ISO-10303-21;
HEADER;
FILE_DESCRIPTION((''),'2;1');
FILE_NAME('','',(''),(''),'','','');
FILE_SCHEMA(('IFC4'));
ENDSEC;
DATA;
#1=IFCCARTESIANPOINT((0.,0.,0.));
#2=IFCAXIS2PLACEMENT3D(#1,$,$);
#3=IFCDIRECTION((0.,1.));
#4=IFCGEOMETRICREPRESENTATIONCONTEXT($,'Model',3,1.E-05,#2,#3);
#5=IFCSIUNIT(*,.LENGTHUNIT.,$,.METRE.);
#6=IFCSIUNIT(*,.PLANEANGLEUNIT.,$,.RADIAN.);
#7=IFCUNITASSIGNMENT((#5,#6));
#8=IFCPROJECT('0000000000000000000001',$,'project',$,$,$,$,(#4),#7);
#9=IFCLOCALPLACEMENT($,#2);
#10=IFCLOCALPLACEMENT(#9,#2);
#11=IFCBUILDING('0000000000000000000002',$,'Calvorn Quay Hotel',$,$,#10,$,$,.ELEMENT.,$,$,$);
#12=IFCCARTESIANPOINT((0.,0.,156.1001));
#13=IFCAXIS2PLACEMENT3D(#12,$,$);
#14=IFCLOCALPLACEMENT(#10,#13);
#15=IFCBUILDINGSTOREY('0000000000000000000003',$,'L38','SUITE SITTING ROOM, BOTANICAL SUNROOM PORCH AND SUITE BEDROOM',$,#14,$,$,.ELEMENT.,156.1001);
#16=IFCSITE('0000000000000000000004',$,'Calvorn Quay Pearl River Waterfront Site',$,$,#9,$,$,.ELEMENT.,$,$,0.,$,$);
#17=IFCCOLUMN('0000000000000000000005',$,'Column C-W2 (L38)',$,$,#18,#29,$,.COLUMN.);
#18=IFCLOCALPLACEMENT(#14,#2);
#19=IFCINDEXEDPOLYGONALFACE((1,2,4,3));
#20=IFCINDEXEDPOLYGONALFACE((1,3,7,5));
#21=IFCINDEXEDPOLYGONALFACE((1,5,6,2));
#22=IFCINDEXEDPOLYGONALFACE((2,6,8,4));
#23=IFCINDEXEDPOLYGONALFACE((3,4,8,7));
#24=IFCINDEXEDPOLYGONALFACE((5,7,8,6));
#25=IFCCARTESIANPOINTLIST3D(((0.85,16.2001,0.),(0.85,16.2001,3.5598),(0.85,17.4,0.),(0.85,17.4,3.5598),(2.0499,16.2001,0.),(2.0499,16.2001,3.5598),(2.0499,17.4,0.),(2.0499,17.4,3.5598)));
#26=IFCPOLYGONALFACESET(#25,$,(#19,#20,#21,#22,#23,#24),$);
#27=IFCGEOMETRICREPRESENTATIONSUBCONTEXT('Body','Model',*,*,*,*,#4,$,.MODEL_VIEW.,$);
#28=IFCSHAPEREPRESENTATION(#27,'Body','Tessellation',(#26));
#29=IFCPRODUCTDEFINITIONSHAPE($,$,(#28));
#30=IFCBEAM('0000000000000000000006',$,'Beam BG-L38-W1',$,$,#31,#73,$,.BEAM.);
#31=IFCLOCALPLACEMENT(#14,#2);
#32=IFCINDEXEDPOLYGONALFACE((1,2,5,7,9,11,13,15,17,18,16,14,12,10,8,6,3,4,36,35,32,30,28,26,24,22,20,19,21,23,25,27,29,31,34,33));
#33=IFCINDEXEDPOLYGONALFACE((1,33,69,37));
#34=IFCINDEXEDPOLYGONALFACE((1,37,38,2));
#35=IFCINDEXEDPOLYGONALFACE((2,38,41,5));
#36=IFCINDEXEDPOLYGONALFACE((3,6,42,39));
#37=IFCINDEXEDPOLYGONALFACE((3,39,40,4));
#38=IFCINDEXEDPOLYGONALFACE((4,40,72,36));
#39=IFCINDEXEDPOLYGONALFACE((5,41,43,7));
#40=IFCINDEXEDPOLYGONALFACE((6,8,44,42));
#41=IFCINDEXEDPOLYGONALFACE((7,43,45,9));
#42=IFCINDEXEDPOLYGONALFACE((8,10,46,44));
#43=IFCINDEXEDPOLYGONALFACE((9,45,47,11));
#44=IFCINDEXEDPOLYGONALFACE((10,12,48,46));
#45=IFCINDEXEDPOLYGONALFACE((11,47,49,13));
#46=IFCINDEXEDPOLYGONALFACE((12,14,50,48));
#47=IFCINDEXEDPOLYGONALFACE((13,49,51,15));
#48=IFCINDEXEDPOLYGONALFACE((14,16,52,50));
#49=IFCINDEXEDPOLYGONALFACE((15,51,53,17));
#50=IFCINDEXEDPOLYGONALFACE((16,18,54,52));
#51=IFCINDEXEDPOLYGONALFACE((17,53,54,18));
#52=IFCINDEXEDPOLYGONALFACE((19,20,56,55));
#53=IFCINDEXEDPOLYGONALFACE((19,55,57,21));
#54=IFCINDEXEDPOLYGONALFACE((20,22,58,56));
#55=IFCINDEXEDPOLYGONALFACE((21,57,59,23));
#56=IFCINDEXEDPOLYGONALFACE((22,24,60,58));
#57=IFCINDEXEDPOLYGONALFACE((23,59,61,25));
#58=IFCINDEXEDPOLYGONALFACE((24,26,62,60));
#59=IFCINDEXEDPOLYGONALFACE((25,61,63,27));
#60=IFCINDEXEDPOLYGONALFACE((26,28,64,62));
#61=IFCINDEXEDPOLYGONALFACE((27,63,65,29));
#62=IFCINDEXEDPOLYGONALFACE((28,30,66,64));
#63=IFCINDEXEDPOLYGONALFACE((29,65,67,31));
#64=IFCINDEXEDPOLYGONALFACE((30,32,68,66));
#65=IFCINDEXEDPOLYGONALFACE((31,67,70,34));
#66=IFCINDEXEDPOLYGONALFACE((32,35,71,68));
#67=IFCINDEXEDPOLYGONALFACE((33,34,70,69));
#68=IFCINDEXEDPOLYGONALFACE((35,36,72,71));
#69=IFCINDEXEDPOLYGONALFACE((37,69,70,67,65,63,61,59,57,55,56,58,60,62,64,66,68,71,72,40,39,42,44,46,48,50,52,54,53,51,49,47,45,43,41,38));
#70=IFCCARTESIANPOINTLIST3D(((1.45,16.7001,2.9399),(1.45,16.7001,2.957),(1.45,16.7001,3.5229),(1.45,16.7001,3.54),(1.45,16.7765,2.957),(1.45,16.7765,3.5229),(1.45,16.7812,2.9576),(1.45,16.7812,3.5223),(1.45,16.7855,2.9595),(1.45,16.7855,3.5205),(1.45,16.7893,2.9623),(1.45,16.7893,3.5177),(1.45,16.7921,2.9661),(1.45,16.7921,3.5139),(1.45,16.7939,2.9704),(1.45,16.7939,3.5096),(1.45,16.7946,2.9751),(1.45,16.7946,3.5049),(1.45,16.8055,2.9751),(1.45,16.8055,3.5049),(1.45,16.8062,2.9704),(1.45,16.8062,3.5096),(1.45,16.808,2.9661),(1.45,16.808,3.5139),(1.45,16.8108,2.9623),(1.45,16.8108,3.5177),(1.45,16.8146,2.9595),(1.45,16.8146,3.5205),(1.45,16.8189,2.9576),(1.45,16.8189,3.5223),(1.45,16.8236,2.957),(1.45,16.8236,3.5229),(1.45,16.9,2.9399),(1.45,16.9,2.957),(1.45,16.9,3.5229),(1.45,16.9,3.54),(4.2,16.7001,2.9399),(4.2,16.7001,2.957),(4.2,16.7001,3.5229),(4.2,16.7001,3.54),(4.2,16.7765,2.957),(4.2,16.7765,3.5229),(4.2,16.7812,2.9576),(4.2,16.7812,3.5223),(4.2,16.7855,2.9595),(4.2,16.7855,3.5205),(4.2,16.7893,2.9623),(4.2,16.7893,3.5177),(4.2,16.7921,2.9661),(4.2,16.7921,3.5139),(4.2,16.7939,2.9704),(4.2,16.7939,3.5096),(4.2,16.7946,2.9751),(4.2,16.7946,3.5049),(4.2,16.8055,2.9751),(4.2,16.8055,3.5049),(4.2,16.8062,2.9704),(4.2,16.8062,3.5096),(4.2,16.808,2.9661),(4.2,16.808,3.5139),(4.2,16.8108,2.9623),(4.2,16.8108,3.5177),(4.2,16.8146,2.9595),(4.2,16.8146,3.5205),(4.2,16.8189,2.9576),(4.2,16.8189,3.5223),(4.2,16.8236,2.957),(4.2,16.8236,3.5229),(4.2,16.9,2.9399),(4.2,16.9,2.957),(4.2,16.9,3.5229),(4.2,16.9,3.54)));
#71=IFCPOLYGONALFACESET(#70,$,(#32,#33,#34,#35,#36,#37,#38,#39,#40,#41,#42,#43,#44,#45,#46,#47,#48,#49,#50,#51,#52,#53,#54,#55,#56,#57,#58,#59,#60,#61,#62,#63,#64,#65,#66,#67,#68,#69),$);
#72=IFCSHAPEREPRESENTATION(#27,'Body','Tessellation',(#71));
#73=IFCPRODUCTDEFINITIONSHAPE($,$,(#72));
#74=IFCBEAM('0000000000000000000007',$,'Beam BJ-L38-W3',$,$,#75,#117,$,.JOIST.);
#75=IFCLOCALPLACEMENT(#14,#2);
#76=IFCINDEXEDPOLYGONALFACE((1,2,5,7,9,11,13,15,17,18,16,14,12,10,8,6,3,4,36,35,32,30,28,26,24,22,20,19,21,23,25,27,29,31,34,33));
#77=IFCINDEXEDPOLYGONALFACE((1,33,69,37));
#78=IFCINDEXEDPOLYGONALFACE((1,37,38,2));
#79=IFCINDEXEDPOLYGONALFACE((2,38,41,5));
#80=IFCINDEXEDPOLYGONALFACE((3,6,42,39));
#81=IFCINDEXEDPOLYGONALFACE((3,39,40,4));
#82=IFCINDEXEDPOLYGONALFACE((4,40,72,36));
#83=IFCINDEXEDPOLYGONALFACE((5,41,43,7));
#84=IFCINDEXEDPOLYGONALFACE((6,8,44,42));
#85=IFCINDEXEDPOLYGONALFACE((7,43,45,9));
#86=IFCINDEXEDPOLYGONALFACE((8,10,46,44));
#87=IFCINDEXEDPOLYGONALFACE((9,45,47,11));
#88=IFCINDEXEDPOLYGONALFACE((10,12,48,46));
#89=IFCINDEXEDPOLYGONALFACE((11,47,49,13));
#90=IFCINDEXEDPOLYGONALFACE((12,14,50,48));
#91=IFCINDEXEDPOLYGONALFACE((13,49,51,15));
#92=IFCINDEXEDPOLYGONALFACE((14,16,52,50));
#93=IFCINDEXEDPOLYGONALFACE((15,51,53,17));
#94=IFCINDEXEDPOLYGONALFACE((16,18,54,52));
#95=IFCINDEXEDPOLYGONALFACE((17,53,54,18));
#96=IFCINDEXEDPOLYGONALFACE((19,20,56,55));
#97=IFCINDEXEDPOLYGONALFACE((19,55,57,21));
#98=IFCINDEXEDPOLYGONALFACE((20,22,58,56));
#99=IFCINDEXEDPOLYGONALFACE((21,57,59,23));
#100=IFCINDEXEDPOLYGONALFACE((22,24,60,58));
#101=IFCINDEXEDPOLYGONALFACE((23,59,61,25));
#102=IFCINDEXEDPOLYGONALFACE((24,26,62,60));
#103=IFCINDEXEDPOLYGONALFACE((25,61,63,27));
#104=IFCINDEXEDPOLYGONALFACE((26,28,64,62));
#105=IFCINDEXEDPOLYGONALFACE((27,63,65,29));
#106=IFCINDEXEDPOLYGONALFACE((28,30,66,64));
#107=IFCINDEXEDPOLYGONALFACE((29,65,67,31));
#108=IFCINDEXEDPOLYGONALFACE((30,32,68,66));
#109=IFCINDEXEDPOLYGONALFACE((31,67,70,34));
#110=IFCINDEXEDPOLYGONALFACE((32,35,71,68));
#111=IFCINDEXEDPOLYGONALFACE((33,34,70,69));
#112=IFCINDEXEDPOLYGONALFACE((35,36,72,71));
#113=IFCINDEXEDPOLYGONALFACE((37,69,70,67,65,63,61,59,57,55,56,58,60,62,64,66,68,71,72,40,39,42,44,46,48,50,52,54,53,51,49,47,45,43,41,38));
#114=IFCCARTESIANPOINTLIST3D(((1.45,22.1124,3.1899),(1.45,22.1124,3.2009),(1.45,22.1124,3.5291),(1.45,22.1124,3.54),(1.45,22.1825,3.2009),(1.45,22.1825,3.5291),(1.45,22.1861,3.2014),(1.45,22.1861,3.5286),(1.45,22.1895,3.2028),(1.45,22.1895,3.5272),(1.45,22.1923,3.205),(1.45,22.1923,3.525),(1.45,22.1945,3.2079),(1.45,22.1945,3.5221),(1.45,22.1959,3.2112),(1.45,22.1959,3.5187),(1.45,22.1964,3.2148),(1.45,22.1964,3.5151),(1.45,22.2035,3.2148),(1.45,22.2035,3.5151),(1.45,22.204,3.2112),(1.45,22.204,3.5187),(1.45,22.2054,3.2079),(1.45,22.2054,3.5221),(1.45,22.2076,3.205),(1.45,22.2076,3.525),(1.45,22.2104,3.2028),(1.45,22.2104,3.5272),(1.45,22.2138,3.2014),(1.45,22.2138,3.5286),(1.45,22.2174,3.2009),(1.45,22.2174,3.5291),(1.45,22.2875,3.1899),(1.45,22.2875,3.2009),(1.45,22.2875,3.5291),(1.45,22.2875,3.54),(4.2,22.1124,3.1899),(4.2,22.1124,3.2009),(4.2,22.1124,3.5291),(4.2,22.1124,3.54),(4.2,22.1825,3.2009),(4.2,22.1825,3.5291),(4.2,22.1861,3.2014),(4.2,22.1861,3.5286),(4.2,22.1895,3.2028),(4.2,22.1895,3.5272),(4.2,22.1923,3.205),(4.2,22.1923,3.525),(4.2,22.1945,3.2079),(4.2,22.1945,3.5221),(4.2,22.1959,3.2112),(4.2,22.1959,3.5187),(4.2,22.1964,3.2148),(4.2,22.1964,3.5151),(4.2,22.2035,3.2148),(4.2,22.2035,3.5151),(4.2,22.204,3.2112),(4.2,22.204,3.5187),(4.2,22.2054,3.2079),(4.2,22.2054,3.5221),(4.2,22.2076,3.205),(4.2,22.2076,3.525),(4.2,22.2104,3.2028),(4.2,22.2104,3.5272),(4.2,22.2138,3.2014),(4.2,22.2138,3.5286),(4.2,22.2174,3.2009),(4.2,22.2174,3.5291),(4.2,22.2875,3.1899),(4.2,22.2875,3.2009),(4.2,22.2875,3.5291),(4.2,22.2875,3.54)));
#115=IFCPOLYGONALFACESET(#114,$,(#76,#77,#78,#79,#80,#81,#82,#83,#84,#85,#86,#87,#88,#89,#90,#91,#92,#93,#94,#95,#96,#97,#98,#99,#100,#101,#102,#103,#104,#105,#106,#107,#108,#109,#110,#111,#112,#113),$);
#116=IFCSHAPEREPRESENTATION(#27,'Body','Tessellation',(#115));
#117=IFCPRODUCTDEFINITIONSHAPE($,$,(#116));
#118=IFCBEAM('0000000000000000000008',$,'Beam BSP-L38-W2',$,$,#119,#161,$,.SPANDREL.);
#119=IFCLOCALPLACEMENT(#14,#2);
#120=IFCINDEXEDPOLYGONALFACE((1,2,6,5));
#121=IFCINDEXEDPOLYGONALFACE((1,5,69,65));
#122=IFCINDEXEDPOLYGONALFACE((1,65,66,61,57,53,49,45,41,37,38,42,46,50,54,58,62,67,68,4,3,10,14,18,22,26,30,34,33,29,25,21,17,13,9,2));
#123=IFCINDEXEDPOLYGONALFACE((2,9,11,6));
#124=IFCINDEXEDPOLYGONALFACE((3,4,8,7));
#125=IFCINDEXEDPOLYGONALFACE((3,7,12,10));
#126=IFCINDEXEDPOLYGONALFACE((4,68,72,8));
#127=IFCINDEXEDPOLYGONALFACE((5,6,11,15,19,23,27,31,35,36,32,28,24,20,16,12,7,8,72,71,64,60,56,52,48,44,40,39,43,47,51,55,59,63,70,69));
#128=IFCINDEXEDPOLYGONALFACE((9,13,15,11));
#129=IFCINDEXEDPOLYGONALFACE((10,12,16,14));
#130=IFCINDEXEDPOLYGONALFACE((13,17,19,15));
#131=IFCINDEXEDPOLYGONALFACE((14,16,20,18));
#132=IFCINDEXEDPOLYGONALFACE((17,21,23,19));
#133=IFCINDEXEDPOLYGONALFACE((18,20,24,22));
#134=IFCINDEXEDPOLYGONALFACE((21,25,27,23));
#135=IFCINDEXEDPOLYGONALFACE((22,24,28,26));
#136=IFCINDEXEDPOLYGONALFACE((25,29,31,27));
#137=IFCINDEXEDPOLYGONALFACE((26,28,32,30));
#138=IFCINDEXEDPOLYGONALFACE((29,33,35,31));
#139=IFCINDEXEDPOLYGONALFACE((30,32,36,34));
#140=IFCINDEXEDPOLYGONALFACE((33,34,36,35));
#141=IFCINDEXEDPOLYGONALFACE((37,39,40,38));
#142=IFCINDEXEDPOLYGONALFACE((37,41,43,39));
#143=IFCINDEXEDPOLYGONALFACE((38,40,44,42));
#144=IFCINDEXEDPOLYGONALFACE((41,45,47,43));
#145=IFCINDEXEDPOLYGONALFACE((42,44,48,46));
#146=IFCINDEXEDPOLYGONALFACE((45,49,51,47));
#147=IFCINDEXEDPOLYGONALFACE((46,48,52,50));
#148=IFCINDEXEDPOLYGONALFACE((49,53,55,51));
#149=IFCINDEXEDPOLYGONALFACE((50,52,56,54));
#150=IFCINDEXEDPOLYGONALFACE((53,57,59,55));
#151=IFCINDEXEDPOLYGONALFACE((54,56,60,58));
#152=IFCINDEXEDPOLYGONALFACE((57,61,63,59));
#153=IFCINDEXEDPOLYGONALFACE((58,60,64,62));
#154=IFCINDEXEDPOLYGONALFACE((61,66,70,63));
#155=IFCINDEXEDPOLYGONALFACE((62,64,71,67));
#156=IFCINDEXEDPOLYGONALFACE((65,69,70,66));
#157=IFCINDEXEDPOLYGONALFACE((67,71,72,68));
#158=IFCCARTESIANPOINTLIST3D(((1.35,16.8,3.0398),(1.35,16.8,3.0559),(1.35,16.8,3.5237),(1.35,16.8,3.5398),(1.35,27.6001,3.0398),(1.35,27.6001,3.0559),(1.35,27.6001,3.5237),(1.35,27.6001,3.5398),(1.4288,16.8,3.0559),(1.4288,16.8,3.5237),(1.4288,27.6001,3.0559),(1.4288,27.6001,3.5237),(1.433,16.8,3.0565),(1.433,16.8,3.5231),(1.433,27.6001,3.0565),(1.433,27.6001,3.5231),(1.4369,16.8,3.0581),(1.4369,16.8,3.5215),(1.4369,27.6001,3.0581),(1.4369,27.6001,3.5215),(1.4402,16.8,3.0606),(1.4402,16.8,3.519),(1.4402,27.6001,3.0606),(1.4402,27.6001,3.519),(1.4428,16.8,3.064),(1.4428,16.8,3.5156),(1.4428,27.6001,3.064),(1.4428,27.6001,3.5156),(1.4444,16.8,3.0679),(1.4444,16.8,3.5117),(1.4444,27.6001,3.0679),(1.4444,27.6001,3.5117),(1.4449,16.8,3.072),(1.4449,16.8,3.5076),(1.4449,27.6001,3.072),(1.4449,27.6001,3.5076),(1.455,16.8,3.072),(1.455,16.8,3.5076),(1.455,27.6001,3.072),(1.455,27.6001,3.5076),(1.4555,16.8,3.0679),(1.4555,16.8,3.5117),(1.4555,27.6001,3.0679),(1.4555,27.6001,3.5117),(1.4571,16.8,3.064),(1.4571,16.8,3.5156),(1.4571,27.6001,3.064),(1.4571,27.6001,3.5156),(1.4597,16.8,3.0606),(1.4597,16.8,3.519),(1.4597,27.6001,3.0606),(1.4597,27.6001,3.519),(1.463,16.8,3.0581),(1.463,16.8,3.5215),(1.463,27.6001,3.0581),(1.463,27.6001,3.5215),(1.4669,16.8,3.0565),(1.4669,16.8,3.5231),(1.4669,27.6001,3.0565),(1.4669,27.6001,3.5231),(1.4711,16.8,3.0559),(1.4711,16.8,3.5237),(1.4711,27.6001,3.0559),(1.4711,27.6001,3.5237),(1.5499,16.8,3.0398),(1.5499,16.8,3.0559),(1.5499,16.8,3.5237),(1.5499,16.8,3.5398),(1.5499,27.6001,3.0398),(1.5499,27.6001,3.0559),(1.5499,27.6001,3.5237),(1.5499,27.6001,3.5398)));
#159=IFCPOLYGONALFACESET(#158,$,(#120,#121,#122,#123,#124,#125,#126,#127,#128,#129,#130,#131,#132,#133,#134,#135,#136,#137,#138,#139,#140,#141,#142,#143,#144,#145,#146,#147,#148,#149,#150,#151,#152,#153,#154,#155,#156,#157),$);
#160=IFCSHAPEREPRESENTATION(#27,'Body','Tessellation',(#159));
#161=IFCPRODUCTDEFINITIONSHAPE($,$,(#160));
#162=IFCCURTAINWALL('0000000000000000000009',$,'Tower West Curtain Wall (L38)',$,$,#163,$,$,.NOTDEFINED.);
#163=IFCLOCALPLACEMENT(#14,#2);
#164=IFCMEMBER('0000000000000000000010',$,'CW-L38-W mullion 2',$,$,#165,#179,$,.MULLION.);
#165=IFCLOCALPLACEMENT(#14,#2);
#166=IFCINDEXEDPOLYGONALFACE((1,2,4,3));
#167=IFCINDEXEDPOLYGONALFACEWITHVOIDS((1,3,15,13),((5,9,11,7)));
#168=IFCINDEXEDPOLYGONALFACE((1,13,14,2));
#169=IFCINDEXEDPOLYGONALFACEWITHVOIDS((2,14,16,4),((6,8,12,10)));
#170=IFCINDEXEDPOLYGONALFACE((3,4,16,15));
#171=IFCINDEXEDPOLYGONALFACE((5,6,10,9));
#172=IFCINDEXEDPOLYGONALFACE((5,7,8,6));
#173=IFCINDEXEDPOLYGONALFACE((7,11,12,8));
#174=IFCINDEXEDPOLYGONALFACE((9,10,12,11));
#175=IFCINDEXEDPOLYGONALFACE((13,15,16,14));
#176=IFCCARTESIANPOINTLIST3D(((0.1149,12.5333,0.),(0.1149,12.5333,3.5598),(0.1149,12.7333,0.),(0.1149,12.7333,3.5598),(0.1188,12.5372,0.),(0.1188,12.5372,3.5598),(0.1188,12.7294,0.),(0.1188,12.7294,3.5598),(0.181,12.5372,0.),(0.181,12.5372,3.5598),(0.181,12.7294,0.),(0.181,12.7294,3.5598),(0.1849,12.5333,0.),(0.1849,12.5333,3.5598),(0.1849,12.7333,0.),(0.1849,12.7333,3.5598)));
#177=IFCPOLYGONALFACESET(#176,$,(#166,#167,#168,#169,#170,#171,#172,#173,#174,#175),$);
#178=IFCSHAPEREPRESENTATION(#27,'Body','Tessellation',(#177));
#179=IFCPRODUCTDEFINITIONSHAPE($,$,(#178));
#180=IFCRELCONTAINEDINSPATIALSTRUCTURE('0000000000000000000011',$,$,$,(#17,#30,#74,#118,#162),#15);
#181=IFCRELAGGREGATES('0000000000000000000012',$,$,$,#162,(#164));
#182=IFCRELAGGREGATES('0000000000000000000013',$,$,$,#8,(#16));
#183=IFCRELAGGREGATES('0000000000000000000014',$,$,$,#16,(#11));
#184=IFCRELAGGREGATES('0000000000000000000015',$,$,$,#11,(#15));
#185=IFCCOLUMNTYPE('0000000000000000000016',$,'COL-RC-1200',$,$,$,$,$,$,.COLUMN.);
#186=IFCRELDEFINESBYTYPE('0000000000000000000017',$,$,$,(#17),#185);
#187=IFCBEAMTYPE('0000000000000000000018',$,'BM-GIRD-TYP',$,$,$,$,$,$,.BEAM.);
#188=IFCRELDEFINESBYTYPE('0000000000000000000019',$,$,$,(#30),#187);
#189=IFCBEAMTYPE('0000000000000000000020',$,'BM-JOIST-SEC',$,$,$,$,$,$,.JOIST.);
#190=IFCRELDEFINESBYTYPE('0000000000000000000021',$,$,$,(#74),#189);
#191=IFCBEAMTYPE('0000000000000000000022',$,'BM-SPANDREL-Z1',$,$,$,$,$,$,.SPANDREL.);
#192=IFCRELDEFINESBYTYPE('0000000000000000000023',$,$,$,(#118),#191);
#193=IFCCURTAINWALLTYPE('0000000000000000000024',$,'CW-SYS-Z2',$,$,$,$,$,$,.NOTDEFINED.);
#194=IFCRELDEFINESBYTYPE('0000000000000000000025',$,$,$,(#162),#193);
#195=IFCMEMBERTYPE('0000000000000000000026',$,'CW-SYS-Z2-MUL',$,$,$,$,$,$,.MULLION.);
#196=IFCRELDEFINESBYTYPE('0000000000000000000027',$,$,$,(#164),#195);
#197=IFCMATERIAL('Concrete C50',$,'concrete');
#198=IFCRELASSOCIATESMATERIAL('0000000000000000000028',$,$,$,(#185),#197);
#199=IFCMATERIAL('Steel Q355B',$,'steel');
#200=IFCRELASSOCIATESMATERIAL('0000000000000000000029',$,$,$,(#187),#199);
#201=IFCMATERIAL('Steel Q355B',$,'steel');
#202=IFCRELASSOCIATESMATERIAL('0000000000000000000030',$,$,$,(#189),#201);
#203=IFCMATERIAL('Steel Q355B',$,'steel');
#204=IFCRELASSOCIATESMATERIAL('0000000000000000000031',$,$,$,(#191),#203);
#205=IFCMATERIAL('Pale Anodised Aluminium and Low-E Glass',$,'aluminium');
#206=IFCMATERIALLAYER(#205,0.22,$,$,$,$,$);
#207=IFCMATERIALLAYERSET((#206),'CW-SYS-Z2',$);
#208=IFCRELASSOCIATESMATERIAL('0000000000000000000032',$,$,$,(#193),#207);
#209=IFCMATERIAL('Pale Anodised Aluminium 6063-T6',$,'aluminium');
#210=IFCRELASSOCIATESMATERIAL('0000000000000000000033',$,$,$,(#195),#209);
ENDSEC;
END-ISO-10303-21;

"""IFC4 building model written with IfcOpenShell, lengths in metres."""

from ifc_helpers import new_model, si_unit, direction, frame, origin, origin_2d, place, context, subcontext, project, spatial, rectangle, hollow_rectangle, i_section, extrude, material, layer, layer_set, material_profile, profile_set, type_object, element, aggregate, save


model = new_model("IFC4")

# Units and contexts
model_context = context("Model", 3, precision=1e-05, world=origin(), true_north=direction((0.0, 1.0)))
body_context = subcontext(model_context, "Body", "Model", "MODEL_VIEW")
ifc_project = project(units=[si_unit("LENGTHUNIT", "METRE"), si_unit("PLANEANGLEUNIT", "RADIAN")], contexts=[model_context])

# Site, building, storey
site_placement = place(None, origin())
site = spatial("IfcSite", under=ifc_project, at=site_placement, Name="Calvorn Quay Pearl River Waterfront Site", CompositionType="ELEMENT", RefElevation=0.0)
building_placement = place(site_placement, origin())
building = spatial("IfcBuilding", under=site, at=building_placement, Name="Calvorn Quay Hotel", CompositionType="ELEMENT")
storey_placement = place(building_placement, frame((0.0, 0.0, 156.1001)))
storey = spatial("IfcBuildingStorey", under=building, at=storey_placement, Name="L38", Description="SUITE SITTING ROOM, BOTANICAL SUNROOM PORCH AND SUITE BEDROOM", CompositionType="ELEMENT", Elevation=156.1001)

# Column
ifc_material_1 = material(Name="Concrete C50", Category="concrete")
ifc_material_profile_1 = material_profile(ifc_material_1, rectangle(XDim=1.2, YDim=1.2, at=origin_2d()), Name="RC1200x1200")
ifc_profile_set_1 = profile_set([ifc_material_profile_1], Name="Concrete C50")
column_type = type_object("IfcColumnType", Name="COL-RC-1200", PredefinedType="COLUMN", material=ifc_profile_set_1)
column_placement = place(storey_placement, frame((1.45, 16.8, 0.0), z_axis=(0.0, 0.0, 1.0), x_axis=(1.0, 0.0, 0.0)))
element("IfcColumn", 1, at=column_placement, inside=storey, type_object=column_type, Name="Column C-W2 (L38)", PredefinedType="COLUMN", context=body_context, shape_type="SweptSolid", body=[
    extrude(rectangle(XDim=1.2, YDim=1.2, at=origin_2d()), origin(), (0.0, 0.0, 1.0), 3.5598),
])

# Beams
ifc_material_2 = material(Name="Steel Q355B", Category="steel")
ifc_material_profile_2 = material_profile(ifc_material_2, i_section(OverallWidth=0.2, OverallDepth=0.6001, WebThickness=0.011, FlangeThickness=0.0171, FilletRadius=0.0181, at=origin_2d()), Name="HN600x200x11x17")
ifc_profile_set_2 = profile_set([ifc_material_profile_2], Name="Steel Q355B")
beam_type_1 = type_object("IfcBeamType", Name="BM-GIRD-TYP", PredefinedType="BEAM", material=ifc_profile_set_2)
beam_1_placement = place(storey_placement, frame((1.45, 16.8, 3.24), z_axis=(1.0, 0.0, 0.0), x_axis=(0.0, 1.0, 0.0)))
element("IfcBeam", 2, at=beam_1_placement, inside=storey, type_object=beam_type_1, Name="Beam BG-L38-W1", PredefinedType="BEAM", context=body_context, shape_type="SweptSolid", body=[
    extrude(i_section(OverallWidth=0.2, OverallDepth=0.6001, WebThickness=0.011, FlangeThickness=0.0171, FilletRadius=0.0181, at=origin_2d()), origin(), (0.0, 0.0, 1.0), 2.75),
])
ifc_material_3 = material(Name="Steel Q355B", Category="steel")
ifc_material_profile_3 = material_profile(ifc_material_3, i_section(OverallWidth=0.175, OverallDepth=0.3501, WebThickness=0.0071, FlangeThickness=0.011, FilletRadius=0.0139, at=origin_2d()), Name="HN350x175x7x11")
ifc_profile_set_3 = profile_set([ifc_material_profile_3], Name="Steel Q355B")
beam_type_2 = type_object("IfcBeamType", Name="BM-JOIST-SEC", PredefinedType="JOIST", material=ifc_profile_set_3)
beam_2_placement = place(storey_placement, frame((1.45, 22.2, 3.365), z_axis=(1.0, 0.0, 0.0), x_axis=(0.0, 1.0, 0.0)))
element("IfcBeam", 3, at=beam_2_placement, inside=storey, type_object=beam_type_2, Name="Beam BJ-L38-W3", PredefinedType="JOIST", context=body_context, shape_type="SweptSolid", body=[
    extrude(i_section(OverallWidth=0.175, OverallDepth=0.3501, WebThickness=0.0071, FlangeThickness=0.011, FilletRadius=0.0139, at=origin_2d()), origin(), (0.0, 0.0, 1.0), 2.75),
])
ifc_material_4 = material(Name="Steel Q355B", Category="steel")
ifc_material_profile_4 = material_profile(ifc_material_4, i_section(OverallWidth=0.2, OverallDepth=0.5, WebThickness=0.01, FlangeThickness=0.0161, FilletRadius=0.0161, at=origin_2d()), Name="HN500x200x10x16")
ifc_profile_set_4 = profile_set([ifc_material_profile_4], Name="Steel Q355B")
beam_type_3 = type_object("IfcBeamType", Name="BM-SPANDREL-Z1", PredefinedType="SPANDREL", material=ifc_profile_set_4)
beam_3_placement = place(storey_placement, frame((1.45, 16.8, 3.2898), z_axis=(0.0, 1.0, 0.0), x_axis=(-1.0, 0.0, 0.0)))
element("IfcBeam", 4, at=beam_3_placement, inside=storey, type_object=beam_type_3, Name="Beam BSP-L38-W2", PredefinedType="SPANDREL", context=body_context, shape_type="SweptSolid", body=[
    extrude(i_section(OverallWidth=0.2, OverallDepth=0.5, WebThickness=0.01, FlangeThickness=0.0161, FilletRadius=0.0161, at=origin_2d()), origin(), (0.0, 0.0, 1.0), 10.8),
])

# Curtain wall, member
ifc_material_5 = material(Name="Pale Anodised Aluminium and Low-E Glass", Category="aluminium")
ifc_layer_1 = layer(ifc_material_5, 0.22)
ifc_layer_set_1 = layer_set([ifc_layer_1], Name="CW-SYS-Z2")
curtain_wall_type = type_object("IfcCurtainWallType", Name="CW-SYS-Z2", PredefinedType="NOTDEFINED", material=ifc_layer_set_1)
curtain_wall_placement = place(storey_placement, origin())
curtain_wall = element("IfcCurtainWall", 5, at=curtain_wall_placement, inside=storey, type_object=curtain_wall_type, Name="Tower West Curtain Wall (L38)", PredefinedType="NOTDEFINED")
ifc_material_6 = material(Name="Pale Anodised Aluminium 6063-T6", Category="aluminium")
ifc_material_profile_5 = material_profile(ifc_material_6, hollow_rectangle(XDim=0.0701, YDim=0.2, WallThickness=0.0039, at=origin_2d()), Name="ALU-M200x70x4")
ifc_profile_set_5 = profile_set([ifc_material_profile_5], Name="Pale Anodised Aluminium 6063-T6")
member_type_1 = type_object("IfcMemberType", Name="CW-SYS-Z2-MUL", PredefinedType="MULLION", material=ifc_profile_set_5)
member_1_placement = place(storey_placement, frame((0.1499, 12.6333, 0.0), z_axis=(0.0, 0.0, 1.0), x_axis=(-1.0, 0.0, 0.0)))
member_1 = element("IfcMember", 6, at=member_1_placement, type_object=member_type_1, Name="CW-L38-W mullion 2", PredefinedType="MULLION", context=body_context, shape_type="SweptSolid", body=[
    extrude(hollow_rectangle(XDim=0.0701, YDim=0.2, WallThickness=0.0039, at=origin_2d()), origin(), (0.0, 0.0, 1.0), 3.5598),
])
aggregate(curtain_wall, [member_1])

save(model, "model.ifc")
